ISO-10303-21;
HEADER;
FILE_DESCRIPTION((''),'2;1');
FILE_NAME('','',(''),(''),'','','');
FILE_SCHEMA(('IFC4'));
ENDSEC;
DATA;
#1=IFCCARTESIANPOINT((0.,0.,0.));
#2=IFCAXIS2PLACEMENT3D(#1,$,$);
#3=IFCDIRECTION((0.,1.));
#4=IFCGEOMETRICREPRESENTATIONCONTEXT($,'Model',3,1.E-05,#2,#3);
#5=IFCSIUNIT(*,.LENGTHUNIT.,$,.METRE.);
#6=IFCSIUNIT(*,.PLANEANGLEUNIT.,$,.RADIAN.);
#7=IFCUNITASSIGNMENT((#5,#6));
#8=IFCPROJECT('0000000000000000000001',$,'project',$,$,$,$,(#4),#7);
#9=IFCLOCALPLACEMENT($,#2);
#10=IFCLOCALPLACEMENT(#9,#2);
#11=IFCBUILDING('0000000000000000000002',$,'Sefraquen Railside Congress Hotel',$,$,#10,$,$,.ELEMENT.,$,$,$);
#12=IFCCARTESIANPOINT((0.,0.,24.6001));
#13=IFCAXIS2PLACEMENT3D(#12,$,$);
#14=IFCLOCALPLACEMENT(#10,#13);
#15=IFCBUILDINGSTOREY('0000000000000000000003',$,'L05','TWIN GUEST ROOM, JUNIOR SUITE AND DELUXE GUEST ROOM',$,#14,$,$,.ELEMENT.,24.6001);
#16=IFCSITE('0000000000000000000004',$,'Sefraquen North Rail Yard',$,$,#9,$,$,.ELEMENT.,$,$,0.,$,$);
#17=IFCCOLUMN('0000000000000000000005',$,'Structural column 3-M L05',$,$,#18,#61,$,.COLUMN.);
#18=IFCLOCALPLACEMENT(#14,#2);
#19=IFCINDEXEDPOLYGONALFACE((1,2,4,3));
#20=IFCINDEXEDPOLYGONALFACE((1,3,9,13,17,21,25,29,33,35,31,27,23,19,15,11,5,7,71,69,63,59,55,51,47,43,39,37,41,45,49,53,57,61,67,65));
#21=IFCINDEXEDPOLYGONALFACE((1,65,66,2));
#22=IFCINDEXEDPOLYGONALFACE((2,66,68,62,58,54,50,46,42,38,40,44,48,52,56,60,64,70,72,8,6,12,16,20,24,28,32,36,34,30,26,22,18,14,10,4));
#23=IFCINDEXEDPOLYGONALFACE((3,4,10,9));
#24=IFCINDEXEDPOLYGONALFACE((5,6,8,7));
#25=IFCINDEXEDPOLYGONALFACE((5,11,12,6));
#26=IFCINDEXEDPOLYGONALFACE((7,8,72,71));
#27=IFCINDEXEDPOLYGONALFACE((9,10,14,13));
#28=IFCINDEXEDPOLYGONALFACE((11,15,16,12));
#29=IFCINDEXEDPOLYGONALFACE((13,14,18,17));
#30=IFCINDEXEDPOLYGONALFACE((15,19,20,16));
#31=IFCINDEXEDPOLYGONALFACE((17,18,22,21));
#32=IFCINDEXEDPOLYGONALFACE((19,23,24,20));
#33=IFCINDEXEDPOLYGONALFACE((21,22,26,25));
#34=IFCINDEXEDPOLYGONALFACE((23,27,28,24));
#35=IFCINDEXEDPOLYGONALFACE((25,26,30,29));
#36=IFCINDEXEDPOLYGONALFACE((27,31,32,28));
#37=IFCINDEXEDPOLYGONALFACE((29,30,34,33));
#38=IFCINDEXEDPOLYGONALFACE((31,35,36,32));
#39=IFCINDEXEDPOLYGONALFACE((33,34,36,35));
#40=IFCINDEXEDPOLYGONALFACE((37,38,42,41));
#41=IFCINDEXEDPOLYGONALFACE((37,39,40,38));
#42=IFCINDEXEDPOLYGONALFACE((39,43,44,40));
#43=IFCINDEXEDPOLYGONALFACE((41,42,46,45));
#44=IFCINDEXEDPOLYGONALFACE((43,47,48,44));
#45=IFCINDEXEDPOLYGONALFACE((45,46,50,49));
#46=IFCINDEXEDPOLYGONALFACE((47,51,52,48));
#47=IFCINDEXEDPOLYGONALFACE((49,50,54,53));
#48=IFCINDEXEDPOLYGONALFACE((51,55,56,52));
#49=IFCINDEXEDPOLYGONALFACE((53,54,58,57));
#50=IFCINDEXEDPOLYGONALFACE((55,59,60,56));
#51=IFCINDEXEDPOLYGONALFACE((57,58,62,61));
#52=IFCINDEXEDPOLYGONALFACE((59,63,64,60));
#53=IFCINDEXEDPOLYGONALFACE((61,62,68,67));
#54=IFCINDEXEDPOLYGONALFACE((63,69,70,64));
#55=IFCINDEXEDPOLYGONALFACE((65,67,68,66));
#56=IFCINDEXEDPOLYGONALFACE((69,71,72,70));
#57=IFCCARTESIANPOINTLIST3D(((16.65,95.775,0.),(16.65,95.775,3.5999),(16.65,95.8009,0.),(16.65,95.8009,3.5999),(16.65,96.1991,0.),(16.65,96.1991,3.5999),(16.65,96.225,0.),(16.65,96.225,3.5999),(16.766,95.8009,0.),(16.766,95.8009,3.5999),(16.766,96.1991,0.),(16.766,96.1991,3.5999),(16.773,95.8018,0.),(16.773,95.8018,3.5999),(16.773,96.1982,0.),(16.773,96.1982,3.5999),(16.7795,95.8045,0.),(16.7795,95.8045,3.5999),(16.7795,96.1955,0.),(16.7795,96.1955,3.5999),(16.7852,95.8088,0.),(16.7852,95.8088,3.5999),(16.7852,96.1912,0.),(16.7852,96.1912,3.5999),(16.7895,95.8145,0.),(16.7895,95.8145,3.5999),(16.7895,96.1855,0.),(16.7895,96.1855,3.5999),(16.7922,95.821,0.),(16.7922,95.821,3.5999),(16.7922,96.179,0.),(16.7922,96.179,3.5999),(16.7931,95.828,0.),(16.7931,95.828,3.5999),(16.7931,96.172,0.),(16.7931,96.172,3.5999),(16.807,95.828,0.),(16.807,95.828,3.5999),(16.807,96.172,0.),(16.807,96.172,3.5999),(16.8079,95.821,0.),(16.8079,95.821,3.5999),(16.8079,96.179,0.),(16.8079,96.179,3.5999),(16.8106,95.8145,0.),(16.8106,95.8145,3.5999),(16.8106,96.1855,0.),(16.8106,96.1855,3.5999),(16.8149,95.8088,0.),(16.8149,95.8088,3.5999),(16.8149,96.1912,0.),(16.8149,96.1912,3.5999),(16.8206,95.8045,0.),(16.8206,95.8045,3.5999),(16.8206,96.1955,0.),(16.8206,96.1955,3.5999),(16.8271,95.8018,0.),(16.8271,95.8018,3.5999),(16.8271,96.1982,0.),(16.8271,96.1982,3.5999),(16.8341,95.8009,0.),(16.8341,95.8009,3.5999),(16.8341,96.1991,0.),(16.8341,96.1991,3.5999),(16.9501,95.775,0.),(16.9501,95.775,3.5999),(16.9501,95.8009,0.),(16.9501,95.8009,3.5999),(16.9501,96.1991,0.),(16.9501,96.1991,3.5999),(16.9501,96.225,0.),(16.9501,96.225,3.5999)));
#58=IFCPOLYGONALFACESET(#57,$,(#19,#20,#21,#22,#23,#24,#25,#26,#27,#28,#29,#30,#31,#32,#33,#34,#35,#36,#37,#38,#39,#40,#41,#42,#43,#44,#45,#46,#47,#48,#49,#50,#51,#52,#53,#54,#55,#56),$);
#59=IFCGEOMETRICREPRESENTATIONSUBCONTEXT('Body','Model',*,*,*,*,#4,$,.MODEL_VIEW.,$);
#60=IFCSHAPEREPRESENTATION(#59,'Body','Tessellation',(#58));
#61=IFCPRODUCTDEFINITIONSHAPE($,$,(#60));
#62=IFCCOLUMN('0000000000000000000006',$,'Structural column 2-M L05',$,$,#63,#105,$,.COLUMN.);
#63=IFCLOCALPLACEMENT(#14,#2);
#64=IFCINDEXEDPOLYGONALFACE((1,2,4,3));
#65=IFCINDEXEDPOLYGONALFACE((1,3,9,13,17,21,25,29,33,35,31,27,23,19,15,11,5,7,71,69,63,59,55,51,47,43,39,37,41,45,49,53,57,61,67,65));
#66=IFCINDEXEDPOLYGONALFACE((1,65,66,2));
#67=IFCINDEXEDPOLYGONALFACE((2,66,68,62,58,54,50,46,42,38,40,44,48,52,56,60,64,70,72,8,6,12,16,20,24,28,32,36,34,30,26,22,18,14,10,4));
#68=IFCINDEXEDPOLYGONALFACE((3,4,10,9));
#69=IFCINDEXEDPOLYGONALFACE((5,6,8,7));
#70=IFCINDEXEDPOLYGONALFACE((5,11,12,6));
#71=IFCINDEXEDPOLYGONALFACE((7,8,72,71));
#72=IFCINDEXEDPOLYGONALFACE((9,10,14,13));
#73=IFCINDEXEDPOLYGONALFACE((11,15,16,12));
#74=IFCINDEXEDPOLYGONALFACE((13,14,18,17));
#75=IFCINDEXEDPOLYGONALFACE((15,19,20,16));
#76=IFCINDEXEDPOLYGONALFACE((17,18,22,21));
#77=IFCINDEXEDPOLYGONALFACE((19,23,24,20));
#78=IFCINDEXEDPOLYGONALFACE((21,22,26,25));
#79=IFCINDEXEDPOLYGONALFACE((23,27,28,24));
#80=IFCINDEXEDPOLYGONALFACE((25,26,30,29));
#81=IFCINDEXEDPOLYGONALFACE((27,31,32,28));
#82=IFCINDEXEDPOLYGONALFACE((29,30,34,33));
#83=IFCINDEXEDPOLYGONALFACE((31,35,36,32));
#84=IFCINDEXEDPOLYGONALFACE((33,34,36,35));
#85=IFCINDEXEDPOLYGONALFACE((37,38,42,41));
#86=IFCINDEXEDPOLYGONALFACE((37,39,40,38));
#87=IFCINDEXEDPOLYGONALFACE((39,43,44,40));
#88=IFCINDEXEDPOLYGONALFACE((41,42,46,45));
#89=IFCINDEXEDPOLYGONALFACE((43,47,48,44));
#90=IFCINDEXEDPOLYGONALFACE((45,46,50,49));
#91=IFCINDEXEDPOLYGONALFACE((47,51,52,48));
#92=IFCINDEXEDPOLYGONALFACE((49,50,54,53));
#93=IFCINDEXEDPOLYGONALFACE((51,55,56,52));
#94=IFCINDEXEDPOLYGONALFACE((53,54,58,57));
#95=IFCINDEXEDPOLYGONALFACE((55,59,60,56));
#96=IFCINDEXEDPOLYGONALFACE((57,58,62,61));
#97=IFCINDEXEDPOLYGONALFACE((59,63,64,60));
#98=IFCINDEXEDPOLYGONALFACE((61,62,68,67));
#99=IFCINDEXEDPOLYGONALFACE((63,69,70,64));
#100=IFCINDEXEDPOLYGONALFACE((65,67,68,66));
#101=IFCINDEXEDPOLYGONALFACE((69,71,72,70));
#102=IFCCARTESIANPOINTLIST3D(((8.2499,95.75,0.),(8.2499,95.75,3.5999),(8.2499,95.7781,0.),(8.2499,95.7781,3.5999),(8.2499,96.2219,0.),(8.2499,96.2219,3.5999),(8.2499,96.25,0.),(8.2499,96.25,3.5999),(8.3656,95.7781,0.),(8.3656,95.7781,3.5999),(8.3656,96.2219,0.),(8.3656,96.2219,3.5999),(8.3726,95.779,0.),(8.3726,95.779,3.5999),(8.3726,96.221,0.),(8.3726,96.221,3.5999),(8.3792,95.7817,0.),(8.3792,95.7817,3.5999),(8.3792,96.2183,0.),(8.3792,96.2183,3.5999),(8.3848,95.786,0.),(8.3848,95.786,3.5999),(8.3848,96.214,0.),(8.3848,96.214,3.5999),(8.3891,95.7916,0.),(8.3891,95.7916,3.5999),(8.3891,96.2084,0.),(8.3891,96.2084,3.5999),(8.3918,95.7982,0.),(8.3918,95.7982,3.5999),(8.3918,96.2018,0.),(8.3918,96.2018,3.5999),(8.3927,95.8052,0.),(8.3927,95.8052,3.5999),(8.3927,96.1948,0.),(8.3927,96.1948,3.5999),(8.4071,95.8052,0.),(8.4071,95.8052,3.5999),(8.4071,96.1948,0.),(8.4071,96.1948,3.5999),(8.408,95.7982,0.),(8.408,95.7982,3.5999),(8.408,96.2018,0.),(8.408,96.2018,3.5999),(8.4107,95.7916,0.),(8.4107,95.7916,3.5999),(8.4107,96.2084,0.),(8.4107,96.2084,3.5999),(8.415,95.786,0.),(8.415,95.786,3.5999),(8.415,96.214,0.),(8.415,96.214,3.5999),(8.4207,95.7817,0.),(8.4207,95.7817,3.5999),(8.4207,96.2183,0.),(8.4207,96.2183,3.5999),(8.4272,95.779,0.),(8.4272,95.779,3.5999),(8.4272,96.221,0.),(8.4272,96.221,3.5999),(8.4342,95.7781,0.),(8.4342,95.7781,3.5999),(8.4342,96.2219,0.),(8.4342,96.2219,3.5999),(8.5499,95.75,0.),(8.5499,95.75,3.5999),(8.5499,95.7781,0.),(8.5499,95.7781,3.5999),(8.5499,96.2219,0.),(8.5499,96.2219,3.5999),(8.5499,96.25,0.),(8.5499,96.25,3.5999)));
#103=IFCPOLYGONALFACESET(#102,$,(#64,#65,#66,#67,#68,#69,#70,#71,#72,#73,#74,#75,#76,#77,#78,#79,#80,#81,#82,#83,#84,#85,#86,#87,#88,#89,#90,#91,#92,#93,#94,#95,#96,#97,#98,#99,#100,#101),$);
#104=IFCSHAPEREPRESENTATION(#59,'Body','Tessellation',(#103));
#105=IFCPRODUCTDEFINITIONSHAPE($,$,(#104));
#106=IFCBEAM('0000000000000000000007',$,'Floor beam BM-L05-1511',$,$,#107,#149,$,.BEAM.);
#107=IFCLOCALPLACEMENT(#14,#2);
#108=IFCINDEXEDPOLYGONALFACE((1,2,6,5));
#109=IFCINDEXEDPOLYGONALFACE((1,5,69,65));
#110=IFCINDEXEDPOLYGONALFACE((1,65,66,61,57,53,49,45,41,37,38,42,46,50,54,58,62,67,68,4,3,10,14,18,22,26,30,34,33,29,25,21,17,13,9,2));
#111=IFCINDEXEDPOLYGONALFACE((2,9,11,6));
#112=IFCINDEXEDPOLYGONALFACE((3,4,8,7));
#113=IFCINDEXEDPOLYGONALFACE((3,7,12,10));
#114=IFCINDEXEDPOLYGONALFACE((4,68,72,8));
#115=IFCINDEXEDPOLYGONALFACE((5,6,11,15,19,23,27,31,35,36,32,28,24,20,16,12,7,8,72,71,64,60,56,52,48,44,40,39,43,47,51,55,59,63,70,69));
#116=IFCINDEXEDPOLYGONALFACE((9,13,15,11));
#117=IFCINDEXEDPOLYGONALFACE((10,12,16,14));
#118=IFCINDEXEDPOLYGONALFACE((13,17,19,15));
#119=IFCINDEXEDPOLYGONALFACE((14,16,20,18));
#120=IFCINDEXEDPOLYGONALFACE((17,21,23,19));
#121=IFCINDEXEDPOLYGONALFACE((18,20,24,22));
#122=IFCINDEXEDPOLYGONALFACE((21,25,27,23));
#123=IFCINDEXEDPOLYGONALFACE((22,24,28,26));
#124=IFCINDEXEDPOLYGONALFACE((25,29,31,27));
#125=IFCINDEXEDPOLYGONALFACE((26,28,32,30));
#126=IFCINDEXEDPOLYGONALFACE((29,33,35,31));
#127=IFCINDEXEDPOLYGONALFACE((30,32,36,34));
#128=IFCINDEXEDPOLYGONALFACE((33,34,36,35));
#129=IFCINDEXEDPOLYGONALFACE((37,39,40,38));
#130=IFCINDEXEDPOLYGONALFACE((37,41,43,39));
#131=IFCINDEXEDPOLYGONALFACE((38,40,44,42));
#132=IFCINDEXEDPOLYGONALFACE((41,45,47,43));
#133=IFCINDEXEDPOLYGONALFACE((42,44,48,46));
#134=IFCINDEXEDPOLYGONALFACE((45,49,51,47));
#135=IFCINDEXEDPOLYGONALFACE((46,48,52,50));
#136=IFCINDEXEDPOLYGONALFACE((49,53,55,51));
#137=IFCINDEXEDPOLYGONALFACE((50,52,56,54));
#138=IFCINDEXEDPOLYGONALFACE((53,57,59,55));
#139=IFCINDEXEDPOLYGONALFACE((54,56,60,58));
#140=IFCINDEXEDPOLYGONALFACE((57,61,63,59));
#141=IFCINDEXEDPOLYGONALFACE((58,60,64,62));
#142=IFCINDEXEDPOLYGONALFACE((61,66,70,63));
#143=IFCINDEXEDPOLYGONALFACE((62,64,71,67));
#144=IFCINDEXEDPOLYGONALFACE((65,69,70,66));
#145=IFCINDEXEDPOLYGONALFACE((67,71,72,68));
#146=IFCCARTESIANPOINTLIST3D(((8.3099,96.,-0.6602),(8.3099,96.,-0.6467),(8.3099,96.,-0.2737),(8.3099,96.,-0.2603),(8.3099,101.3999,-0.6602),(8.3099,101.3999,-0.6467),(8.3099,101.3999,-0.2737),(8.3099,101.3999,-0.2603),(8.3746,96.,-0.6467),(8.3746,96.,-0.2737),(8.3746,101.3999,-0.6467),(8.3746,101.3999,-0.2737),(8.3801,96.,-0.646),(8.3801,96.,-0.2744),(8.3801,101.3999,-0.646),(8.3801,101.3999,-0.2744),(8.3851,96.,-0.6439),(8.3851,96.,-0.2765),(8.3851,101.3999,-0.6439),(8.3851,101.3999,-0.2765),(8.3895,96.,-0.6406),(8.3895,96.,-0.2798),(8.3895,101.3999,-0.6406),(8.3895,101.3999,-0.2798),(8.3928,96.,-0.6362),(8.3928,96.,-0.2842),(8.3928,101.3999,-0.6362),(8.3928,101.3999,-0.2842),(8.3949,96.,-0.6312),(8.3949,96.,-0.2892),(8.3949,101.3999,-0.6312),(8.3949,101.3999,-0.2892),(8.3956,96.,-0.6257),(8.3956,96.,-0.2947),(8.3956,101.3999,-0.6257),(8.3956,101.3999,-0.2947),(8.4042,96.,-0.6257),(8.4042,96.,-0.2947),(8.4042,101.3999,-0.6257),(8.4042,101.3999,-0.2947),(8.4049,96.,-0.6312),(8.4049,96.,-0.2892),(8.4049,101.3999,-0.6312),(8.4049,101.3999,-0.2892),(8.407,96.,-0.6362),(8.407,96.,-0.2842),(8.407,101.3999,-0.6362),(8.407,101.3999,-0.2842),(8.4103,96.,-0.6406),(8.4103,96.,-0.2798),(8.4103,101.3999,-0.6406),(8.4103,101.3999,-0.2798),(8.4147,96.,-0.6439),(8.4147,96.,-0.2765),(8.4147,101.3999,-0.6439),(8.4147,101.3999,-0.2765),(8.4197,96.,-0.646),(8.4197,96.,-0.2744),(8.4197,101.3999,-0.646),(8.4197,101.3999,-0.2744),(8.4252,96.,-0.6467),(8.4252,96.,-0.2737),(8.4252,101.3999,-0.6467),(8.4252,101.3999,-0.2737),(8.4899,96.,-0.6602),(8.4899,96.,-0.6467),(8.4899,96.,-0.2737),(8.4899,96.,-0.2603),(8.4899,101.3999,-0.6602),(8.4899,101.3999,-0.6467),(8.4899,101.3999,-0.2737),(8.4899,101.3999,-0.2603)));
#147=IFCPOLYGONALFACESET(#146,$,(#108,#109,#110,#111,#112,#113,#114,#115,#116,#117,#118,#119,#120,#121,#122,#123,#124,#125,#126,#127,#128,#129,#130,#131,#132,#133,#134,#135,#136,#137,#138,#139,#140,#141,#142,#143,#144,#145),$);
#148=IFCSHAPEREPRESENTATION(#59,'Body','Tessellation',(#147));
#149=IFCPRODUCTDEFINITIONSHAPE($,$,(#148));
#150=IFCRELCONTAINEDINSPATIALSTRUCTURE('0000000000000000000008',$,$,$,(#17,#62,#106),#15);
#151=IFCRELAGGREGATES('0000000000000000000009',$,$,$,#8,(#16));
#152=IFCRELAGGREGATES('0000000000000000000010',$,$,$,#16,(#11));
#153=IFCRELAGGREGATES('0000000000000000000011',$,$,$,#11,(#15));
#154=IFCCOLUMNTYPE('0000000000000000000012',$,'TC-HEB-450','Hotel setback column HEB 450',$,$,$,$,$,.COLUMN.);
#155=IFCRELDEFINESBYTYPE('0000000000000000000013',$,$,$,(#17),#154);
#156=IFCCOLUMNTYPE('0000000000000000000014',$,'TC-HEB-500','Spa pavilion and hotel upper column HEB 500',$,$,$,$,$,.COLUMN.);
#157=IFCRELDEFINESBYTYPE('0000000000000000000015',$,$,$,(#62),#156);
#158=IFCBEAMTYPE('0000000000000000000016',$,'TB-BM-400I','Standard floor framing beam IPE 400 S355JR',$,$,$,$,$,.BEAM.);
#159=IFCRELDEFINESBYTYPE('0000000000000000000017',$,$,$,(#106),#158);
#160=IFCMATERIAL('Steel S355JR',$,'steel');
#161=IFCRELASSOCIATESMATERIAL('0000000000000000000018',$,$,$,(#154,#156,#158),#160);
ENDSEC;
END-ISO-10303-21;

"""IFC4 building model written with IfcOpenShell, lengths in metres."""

from ifc_helpers import new_model, si_unit, direction, frame, origin, origin_2d, place, context, subcontext, project, spatial, i_section, extrude, material, material_profile, profile_set, type_object, element, save


model = new_model("IFC4")

# Units and contexts
model_context = context("Model", 3, precision=1e-05, world=origin(), true_north=direction((0.0, 1.0)))
body_context = subcontext(model_context, "Body", "Model", "MODEL_VIEW")
ifc_project = project(units=[si_unit("LENGTHUNIT", "METRE"), si_unit("PLANEANGLEUNIT", "RADIAN")], contexts=[model_context])

# Site, building, storey
site_placement = place(None, origin())
site = spatial("IfcSite", under=ifc_project, at=site_placement, Name="Sefraquen North Rail Yard", CompositionType="ELEMENT", RefElevation=0.0)
building_placement = place(site_placement, origin())
building = spatial("IfcBuilding", under=site, at=building_placement, Name="Sefraquen Railside Congress Hotel", CompositionType="ELEMENT")
storey_placement = place(building_placement, frame((0.0, 0.0, 24.6001)))
storey = spatial("IfcBuildingStorey", under=building, at=storey_placement, Name="L05", Description="TWIN GUEST ROOM, JUNIOR SUITE AND DELUXE GUEST ROOM", CompositionType="ELEMENT", Elevation=24.6001)

# Columns
ifc_material_1 = material(Name="Steel S355JR", Category="steel")
ifc_material_profile_1 = material_profile(ifc_material_1, i_section(OverallWidth=0.3, OverallDepth=0.45, WebThickness=0.0139, FlangeThickness=0.0259, FilletRadius=0.0271, at=origin_2d()), Name="HEB 450")
ifc_profile_set_1 = profile_set([ifc_material_profile_1], Name="Steel S355JR")
column_type_1 = type_object("IfcColumnType", Name="TC-HEB-450", Description="Hotel setback column HEB 450", PredefinedType="COLUMN", material=ifc_profile_set_1)
column_1_placement = place(storey_placement, frame((16.8, 96.0, 0.0), z_axis=(0.0, 0.0, 1.0), x_axis=(1.0, 0.0, 0.0)))
element("IfcColumn", 1, at=column_1_placement, inside=storey, type_object=column_type_1, Name="Structural column 3-M L05", PredefinedType="COLUMN", context=body_context, shape_type="SweptSolid", body=[
    extrude(i_section(OverallWidth=0.3, OverallDepth=0.45, WebThickness=0.0139, FlangeThickness=0.0259, FilletRadius=0.0271, at=origin_2d()), origin(), (0.0, 0.0, 1.0), 3.5999),
])
ifc_material_profile_2 = material_profile(ifc_material_1, i_section(OverallWidth=0.3, OverallDepth=0.5, WebThickness=0.0144, FlangeThickness=0.0281, FilletRadius=0.0271, at=origin_2d()), Name="HEB 500")
ifc_profile_set_2 = profile_set([ifc_material_profile_2], Name="Steel S355JR")
column_type_2 = type_object("IfcColumnType", Name="TC-HEB-500", Description="Spa pavilion and hotel upper column HEB 500", PredefinedType="COLUMN", material=ifc_profile_set_2)
column_2_placement = place(storey_placement, frame((8.3999, 96.0, 0.0), z_axis=(0.0, 0.0, 1.0), x_axis=(1.0, 0.0, 0.0)))
element("IfcColumn", 2, at=column_2_placement, inside=storey, type_object=column_type_2, Name="Structural column 2-M L05", PredefinedType="COLUMN", context=body_context, shape_type="SweptSolid", body=[
    extrude(i_section(OverallWidth=0.3, OverallDepth=0.5, WebThickness=0.0144, FlangeThickness=0.0281, FilletRadius=0.0271, at=origin_2d()), origin(), (0.0, 0.0, 1.0), 3.5999),
])

# Beam
ifc_material_profile_3 = material_profile(ifc_material_1, i_section(OverallWidth=0.1799, OverallDepth=0.3999, WebThickness=0.0085, FlangeThickness=0.0134, FilletRadius=0.021, at=origin_2d()), Name="IPE 400")
ifc_profile_set_3 = profile_set([ifc_material_profile_3], Name="Steel S355JR")
beam_type_1 = type_object("IfcBeamType", Name="TB-BM-400I", Description="Standard floor framing beam IPE 400 S355JR", PredefinedType="BEAM", material=ifc_profile_set_3)
beam_1_placement = place(storey_placement, frame((8.3999, 96.0, -0.4602), z_axis=(0.0, 1.0, 0.0), x_axis=(-1.0, 0.0, 0.0)))
element("IfcBeam", 3, at=beam_1_placement, inside=storey, type_object=beam_type_1, Name="Floor beam BM-L05-1511", PredefinedType="BEAM", context=body_context, shape_type="SweptSolid", body=[
    extrude(i_section(OverallWidth=0.1799, OverallDepth=0.3999, WebThickness=0.0085, FlangeThickness=0.0134, FilletRadius=0.021, at=origin_2d()), origin(), (0.0, 0.0, 1.0), 5.3999),
])

save(model, "model.ifc")
